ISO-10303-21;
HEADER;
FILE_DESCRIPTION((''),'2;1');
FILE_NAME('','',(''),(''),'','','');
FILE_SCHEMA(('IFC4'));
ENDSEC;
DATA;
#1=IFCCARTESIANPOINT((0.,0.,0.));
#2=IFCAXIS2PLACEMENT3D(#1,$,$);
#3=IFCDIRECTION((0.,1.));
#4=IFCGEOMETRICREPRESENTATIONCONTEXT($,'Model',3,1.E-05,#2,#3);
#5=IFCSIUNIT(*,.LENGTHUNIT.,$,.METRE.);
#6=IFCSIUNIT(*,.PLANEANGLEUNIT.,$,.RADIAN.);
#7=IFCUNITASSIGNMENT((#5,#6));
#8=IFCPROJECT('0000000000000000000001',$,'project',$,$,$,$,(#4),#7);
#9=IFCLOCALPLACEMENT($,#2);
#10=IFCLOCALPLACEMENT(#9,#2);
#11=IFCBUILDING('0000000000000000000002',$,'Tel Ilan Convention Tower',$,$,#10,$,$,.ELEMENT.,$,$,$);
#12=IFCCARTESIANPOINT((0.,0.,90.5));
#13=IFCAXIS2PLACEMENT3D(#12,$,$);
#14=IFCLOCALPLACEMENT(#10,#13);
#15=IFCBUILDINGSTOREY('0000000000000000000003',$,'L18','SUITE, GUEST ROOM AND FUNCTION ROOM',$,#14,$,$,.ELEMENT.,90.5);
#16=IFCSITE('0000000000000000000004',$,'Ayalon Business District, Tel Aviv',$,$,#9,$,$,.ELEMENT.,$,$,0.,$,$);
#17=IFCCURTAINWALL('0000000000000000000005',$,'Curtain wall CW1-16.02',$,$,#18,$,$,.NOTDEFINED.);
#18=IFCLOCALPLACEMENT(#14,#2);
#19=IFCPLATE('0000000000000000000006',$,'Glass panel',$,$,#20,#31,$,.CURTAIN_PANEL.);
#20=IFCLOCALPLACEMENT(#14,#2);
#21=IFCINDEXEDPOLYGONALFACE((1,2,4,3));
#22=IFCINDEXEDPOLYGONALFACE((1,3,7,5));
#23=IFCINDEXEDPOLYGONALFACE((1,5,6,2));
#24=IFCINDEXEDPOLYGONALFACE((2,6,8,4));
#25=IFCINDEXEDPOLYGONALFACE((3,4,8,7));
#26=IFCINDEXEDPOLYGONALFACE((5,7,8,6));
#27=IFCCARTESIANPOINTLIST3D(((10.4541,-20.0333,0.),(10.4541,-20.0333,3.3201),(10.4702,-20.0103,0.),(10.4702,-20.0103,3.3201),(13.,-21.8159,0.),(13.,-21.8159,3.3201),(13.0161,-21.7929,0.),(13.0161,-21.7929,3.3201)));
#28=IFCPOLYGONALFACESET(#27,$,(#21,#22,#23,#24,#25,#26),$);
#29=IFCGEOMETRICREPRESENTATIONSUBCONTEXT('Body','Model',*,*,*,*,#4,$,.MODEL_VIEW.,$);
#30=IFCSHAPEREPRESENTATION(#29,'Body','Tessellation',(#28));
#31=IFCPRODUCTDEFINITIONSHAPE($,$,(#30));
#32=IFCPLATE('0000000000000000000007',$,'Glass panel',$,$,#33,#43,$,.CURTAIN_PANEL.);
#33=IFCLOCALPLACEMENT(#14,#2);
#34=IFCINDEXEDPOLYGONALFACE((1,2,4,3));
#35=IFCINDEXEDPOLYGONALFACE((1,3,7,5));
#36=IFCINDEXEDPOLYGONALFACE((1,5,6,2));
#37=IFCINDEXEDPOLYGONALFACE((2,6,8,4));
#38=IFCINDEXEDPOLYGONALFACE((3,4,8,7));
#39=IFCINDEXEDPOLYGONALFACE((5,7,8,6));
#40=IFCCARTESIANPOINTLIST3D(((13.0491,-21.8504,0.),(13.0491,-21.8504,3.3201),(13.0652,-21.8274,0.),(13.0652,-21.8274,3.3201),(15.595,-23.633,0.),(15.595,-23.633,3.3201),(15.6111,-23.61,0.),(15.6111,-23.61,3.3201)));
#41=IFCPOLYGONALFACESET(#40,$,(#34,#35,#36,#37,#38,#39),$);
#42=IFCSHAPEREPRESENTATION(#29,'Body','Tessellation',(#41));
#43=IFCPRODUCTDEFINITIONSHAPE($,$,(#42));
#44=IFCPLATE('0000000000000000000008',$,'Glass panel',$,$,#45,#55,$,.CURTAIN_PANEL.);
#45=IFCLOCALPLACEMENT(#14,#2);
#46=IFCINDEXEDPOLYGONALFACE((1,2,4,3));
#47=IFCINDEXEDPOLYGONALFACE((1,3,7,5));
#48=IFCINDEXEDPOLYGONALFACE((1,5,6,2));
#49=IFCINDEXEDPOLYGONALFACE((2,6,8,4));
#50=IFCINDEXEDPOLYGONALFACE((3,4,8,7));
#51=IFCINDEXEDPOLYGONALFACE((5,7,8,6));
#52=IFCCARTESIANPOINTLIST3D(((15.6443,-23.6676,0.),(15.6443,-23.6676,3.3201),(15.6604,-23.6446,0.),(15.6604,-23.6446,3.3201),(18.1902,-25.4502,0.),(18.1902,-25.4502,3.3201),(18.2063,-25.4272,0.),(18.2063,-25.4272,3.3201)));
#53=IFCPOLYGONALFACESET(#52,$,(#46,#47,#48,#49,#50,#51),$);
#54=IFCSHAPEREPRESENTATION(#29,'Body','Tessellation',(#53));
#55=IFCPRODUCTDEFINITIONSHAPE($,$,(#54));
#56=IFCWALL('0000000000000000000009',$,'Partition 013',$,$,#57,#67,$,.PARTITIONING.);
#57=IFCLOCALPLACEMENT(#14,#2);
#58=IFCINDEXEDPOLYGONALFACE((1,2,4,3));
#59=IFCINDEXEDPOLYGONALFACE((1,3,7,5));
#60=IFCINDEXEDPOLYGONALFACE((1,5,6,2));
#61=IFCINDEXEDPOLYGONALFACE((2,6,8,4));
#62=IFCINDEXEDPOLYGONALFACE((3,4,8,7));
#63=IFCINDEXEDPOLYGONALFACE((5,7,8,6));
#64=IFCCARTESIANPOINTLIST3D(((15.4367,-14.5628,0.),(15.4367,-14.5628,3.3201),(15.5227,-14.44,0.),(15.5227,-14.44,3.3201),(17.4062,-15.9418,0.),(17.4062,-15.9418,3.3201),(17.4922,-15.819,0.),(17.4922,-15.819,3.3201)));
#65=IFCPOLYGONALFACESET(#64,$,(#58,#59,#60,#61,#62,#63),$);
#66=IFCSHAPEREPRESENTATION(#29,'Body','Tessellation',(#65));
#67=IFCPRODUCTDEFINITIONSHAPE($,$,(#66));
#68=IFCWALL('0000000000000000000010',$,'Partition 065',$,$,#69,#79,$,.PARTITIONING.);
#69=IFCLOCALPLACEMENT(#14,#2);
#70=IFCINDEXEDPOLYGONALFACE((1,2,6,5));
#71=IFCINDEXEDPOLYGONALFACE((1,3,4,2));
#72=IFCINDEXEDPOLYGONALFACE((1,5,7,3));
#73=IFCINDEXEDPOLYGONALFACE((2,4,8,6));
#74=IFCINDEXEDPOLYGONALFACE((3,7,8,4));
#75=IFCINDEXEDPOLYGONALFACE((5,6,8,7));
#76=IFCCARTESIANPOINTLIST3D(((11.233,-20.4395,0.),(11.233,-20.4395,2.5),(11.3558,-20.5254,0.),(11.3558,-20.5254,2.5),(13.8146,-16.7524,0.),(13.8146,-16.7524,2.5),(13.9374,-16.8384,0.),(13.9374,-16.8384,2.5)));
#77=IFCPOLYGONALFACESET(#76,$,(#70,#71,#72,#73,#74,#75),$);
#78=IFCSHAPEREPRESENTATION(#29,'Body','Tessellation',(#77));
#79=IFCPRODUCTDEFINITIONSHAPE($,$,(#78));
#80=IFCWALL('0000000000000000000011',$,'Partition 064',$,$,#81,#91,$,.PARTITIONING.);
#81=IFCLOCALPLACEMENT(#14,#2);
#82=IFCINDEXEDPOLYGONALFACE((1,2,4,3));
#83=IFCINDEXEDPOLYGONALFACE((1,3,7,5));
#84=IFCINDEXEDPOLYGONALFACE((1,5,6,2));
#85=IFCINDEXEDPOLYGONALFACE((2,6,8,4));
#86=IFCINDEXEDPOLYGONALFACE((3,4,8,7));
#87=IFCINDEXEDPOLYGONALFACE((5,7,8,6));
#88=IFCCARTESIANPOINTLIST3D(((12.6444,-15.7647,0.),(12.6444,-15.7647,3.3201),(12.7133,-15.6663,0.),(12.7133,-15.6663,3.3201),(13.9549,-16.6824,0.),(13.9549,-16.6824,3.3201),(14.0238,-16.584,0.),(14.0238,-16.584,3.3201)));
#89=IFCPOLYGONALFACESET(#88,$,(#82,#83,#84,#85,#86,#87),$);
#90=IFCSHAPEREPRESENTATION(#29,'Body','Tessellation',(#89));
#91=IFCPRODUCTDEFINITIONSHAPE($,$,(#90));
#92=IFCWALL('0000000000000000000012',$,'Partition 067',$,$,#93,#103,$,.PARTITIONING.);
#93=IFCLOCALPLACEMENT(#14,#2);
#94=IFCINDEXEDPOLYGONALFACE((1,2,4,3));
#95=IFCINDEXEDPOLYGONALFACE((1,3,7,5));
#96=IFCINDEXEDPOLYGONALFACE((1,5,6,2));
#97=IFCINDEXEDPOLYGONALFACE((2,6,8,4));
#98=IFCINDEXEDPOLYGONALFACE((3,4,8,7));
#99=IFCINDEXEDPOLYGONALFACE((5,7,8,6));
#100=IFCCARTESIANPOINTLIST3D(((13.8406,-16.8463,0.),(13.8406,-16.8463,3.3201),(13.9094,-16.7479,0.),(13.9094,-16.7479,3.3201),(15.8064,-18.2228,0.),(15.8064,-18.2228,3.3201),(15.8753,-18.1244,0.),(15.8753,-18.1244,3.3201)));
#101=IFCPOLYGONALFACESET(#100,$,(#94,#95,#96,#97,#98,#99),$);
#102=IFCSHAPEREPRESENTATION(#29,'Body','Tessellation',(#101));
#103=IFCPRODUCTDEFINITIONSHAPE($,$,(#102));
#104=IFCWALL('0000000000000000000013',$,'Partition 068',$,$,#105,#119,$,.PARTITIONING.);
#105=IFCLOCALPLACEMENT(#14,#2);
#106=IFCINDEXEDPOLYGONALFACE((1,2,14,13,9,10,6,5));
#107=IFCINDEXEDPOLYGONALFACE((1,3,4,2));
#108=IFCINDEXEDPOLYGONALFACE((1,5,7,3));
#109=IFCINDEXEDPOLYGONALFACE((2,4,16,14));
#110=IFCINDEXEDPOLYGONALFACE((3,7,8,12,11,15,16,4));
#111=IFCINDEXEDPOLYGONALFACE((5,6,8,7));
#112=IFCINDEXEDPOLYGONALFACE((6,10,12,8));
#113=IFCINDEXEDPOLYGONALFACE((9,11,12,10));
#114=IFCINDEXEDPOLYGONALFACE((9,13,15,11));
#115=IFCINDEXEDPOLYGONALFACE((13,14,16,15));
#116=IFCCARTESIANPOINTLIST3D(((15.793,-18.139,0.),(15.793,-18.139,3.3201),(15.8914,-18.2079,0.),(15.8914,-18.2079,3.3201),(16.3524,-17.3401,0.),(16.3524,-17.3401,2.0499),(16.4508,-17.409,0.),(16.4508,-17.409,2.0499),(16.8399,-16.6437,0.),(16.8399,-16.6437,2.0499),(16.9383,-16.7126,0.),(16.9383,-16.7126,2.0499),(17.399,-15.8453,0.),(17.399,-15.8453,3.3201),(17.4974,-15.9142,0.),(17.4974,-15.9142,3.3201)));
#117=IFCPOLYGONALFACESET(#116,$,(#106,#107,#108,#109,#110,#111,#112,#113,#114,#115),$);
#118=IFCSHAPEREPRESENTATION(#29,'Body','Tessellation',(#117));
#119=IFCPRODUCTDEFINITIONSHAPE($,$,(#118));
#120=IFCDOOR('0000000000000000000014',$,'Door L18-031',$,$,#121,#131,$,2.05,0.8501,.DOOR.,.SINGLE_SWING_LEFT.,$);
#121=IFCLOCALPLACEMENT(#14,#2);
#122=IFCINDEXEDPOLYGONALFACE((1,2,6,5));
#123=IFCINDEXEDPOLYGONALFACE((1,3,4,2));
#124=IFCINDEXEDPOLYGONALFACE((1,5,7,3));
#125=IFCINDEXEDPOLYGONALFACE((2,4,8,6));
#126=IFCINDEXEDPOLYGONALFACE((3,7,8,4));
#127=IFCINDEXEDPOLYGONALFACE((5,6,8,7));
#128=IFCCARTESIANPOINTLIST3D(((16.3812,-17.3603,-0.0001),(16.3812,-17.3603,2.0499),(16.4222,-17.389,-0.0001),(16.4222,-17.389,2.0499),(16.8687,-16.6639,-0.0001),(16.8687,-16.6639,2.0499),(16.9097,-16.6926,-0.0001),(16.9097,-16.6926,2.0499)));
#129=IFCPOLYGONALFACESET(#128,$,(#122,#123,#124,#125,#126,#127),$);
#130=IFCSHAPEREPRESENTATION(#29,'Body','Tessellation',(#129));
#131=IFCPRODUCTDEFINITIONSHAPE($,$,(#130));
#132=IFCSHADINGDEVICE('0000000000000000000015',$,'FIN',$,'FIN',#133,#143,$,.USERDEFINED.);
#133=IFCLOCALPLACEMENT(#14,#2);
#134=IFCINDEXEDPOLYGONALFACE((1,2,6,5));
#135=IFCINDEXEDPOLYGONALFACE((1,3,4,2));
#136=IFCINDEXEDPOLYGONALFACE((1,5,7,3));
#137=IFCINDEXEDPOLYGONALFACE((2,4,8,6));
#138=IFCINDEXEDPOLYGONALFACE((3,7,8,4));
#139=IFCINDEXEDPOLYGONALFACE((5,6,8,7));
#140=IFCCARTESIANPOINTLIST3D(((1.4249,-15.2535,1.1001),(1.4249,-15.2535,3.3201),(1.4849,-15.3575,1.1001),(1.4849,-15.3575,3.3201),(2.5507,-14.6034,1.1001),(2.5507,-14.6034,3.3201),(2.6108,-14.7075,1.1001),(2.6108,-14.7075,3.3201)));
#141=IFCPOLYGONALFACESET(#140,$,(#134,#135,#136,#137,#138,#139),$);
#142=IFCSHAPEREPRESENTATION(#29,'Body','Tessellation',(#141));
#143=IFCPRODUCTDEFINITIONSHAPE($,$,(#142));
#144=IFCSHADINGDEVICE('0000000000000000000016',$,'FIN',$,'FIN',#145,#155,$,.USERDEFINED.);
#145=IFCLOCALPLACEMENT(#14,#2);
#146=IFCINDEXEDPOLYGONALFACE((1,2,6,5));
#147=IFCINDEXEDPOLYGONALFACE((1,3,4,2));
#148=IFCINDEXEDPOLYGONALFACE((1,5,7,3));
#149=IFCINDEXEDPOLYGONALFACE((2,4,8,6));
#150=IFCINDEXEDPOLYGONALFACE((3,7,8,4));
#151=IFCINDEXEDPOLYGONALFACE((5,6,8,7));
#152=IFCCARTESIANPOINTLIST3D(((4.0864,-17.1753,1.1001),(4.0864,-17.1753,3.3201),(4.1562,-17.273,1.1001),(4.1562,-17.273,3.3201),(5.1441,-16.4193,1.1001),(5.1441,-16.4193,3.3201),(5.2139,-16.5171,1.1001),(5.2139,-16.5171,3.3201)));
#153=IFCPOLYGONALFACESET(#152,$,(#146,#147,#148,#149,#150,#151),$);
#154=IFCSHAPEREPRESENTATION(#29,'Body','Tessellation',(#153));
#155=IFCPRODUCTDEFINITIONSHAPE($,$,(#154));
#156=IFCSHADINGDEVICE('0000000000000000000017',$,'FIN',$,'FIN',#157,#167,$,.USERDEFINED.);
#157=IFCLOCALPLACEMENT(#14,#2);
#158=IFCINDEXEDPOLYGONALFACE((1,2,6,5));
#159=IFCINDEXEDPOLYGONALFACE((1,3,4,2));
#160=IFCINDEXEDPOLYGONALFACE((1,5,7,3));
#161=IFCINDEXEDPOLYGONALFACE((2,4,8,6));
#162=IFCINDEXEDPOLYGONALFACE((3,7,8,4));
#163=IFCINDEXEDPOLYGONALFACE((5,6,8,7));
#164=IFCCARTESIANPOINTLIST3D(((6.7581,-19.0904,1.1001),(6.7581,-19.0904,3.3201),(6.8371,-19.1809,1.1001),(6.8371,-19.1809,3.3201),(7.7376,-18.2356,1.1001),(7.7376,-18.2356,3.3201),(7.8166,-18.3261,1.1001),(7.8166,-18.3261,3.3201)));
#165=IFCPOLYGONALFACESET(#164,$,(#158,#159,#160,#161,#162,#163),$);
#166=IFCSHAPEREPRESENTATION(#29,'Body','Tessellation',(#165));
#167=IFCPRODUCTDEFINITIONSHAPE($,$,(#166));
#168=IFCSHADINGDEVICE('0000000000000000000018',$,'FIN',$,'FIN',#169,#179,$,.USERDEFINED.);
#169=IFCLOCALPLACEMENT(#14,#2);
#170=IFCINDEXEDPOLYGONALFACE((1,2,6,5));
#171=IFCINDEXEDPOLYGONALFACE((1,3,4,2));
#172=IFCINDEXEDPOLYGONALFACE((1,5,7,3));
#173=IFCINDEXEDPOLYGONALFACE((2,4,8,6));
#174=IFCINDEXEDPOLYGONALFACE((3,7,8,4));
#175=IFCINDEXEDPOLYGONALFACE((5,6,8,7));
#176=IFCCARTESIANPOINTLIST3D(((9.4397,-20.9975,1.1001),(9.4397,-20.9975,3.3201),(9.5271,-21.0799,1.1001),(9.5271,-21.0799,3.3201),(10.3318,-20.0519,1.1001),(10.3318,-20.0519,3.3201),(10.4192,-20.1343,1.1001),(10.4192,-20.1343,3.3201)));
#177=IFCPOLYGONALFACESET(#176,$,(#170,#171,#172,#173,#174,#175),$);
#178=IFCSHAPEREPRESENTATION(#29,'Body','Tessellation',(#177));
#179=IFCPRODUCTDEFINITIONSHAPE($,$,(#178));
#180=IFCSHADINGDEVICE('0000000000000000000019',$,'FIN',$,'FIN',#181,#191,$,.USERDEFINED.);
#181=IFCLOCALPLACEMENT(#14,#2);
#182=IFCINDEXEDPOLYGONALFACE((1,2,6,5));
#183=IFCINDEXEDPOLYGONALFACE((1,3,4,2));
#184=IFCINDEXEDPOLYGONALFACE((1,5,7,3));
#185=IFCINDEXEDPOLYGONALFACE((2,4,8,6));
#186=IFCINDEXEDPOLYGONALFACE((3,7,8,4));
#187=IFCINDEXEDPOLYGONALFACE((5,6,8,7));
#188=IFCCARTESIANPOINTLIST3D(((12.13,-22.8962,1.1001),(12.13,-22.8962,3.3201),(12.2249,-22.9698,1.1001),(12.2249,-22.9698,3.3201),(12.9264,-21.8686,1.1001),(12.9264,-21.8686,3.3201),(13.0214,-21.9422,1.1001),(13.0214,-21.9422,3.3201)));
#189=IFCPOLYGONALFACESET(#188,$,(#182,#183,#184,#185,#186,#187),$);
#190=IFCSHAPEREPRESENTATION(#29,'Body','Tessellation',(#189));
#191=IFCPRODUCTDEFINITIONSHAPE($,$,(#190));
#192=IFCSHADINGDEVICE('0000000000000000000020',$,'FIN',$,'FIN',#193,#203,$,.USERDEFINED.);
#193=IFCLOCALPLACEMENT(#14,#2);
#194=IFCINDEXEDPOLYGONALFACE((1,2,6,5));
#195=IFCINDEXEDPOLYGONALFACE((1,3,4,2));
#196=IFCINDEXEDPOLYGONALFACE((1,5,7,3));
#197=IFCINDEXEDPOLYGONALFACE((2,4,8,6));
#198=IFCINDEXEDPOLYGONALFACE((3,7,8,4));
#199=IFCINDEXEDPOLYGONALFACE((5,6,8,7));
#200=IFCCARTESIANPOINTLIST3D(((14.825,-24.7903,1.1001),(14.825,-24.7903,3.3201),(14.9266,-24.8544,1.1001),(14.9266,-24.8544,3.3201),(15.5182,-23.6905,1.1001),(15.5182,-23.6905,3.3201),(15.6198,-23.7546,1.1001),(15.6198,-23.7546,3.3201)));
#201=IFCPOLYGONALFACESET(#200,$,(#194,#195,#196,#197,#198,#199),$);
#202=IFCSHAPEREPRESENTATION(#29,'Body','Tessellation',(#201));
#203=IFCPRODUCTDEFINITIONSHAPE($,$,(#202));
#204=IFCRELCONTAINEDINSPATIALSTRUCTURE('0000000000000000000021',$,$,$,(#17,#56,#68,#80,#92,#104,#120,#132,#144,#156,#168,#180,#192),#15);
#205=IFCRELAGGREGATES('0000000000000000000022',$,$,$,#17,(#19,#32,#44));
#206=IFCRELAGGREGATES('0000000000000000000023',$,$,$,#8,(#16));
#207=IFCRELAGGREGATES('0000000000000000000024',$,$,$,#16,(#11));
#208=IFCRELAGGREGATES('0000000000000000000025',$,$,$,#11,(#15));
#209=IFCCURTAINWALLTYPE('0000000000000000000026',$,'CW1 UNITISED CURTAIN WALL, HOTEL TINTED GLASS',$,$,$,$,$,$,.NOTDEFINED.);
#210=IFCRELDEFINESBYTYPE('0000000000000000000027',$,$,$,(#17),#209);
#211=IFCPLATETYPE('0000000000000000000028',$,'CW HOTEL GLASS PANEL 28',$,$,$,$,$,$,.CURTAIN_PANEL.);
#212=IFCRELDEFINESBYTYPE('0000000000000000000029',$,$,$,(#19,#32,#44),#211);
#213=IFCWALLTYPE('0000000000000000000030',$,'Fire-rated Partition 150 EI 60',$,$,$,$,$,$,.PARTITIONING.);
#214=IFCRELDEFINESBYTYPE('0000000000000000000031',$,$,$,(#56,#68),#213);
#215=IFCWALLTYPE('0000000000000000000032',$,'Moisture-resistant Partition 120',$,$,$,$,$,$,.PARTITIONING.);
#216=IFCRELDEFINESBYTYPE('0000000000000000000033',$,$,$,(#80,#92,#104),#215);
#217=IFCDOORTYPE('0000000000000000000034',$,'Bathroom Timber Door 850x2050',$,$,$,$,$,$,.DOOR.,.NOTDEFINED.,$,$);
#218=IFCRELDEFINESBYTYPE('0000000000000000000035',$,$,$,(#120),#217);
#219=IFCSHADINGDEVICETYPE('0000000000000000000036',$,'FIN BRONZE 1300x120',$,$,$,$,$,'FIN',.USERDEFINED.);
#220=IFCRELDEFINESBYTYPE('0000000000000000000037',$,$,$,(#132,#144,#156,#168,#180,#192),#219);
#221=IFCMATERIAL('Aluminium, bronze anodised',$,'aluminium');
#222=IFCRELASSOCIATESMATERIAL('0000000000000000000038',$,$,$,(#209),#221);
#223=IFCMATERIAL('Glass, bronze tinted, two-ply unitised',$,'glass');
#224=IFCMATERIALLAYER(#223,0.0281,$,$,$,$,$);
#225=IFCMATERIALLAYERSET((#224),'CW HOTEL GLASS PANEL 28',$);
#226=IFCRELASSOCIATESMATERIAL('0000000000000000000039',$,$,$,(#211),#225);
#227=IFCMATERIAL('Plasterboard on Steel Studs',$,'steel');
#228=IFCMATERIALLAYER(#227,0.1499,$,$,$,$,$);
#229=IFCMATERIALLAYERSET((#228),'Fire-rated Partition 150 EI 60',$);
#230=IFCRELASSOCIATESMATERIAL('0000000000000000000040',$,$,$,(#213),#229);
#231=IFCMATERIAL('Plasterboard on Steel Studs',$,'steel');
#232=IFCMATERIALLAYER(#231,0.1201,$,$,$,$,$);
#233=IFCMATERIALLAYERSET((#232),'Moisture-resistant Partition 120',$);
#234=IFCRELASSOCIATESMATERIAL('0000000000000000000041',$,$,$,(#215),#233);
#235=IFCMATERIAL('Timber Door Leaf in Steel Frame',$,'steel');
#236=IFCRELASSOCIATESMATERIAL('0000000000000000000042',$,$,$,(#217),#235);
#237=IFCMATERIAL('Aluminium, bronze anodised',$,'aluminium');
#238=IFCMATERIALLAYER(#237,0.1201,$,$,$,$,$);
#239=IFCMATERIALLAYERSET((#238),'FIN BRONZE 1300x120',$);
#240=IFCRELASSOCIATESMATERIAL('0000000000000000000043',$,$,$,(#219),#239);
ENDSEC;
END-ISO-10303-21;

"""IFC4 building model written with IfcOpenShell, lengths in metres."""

from ifc_helpers import new_model, si_unit, direction, frame, frame_2d, origin, origin_2d, place, context, subcontext, project, spatial, rectangle, extrude, material, layer, layer_set, type_object, element, fill, aggregate, save


model = new_model("IFC4")

# Units and contexts
model_context = context("Model", 3, precision=1e-05, world=origin(), true_north=direction((0.0, 1.0)))
body_context = subcontext(model_context, "Body", "Model", "MODEL_VIEW")
ifc_project = project(units=[si_unit("LENGTHUNIT", "METRE"), si_unit("PLANEANGLEUNIT", "RADIAN")], contexts=[model_context])

# Site, building, storey
site_placement = place(None, origin())
site = spatial("IfcSite", under=ifc_project, at=site_placement, Name="Ayalon Business District, Tel Aviv", CompositionType="ELEMENT", RefElevation=0.0)
building_placement = place(site_placement, origin())
building = spatial("IfcBuilding", under=site, at=building_placement, Name="Tel Ilan Convention Tower", CompositionType="ELEMENT")
storey_placement = place(building_placement, frame((0.0, 0.0, 90.5)))
storey = spatial("IfcBuildingStorey", under=building, at=storey_placement, Name="L18", Description="SUITE, GUEST ROOM AND FUNCTION ROOM", CompositionType="ELEMENT", Elevation=90.5)

# Curtain wall, plates
ifc_material_1 = material(Name="Aluminium, bronze anodised", Category="aluminium")
curtain_wall_type = type_object("IfcCurtainWallType", Name="CW1 UNITISED CURTAIN WALL, HOTEL TINTED GLASS", PredefinedType="NOTDEFINED", material=ifc_material_1)
curtain_wall_placement = place(storey_placement, origin())
curtain_wall = element("IfcCurtainWall", 1, at=curtain_wall_placement, inside=storey, type_object=curtain_wall_type, Name="Curtain wall CW1-16.02", PredefinedType="NOTDEFINED")
ifc_material_2 = material(Name="Glass, bronze tinted, two-ply unitised", Category="glass")
ifc_layer_1 = layer(ifc_material_2, 0.0281)
ifc_layer_set_1 = layer_set([ifc_layer_1], Name="CW HOTEL GLASS PANEL 28")
plate_type = type_object("IfcPlateType", Name="CW HOTEL GLASS PANEL 28", PredefinedType="CURTAIN_PANEL", material=ifc_layer_set_1)
plate_1_placement = place(storey_placement, frame((11.7351, -20.9131, 0.0), z_axis=(0.0, 0.0, 1.0), x_axis=(0.819152, -0.573576, 0.0)))
plate_1 = element("IfcPlate", 2, at=plate_1_placement, type_object=plate_type, Name="Glass panel", PredefinedType="CURTAIN_PANEL", context=body_context, shape_type="SweptSolid", body=[
    extrude(rectangle(XDim=3.1079, YDim=0.0281, at=origin_2d()), origin(), (0.0, 0.0, 1.0), 3.3201),
])
plate_2_placement = place(storey_placement, frame((14.3301, -22.7302, 0.0), z_axis=(0.0, 0.0, 1.0), x_axis=(0.819152, -0.573576, 0.0)))
plate_2 = element("IfcPlate", 3, at=plate_2_placement, type_object=plate_type, Name="Glass panel", PredefinedType="CURTAIN_PANEL", context=body_context, shape_type="SweptSolid", body=[
    extrude(rectangle(XDim=3.1079, YDim=0.0281, at=origin_2d()), origin(), (0.0, 0.0, 1.0), 3.3201),
])
plate_3_placement = place(storey_placement, frame((16.9253, -24.5474, 0.0), z_axis=(0.0, 0.0, 1.0), x_axis=(0.819152, -0.573576, 0.0)))
plate_3 = element("IfcPlate", 4, at=plate_3_placement, type_object=plate_type, Name="Glass panel", PredefinedType="CURTAIN_PANEL", context=body_context, shape_type="SweptSolid", body=[
    extrude(rectangle(XDim=3.1079, YDim=0.0281, at=origin_2d()), origin(), (0.0, 0.0, 1.0), 3.3201),
])
aggregate(curtain_wall, [plate_1, plate_2, plate_3])

# Walls
ifc_material_3 = material(Name="Plasterboard on Steel Studs", Category="steel")
ifc_layer_2 = layer(ifc_material_3, 0.1499)
ifc_layer_set_2 = layer_set([ifc_layer_2], Name="Fire-rated Partition 150 EI 60")
wall_type_1 = type_object("IfcWallType", Name="Fire-rated Partition 150 EI 60", PredefinedType="PARTITIONING", material=ifc_layer_set_2)
wall_1_placement = place(storey_placement, frame((17.4492, -15.8804, 0.0), z_axis=(0.0, 0.0, 1.0), x_axis=(-0.819179, 0.573537, 0.0)))
element("IfcWall", 5, at=wall_1_placement, inside=storey, type_object=wall_type_1, Name="Partition 013", PredefinedType="PARTITIONING", context=body_context, shape_type="SweptSolid", body=[
    extrude(rectangle(XDim=2.4043, YDim=0.1499, at=frame_2d((1.2021, 0.0))), origin(), (0.0, 0.0, 1.0), 3.3201),
])
wall_2_placement = place(storey_placement, frame((13.876, -16.7954, 0.0), z_axis=(0.0, 0.0, 1.0), x_axis=(-0.573557, -0.819166, 0.0)))
element("IfcWall", 6, at=wall_2_placement, inside=storey, type_object=wall_type_1, Name="Partition 065", PredefinedType="PARTITIONING", context=body_context, shape_type="SweptSolid", body=[
    extrude(rectangle(XDim=4.501, YDim=0.1499, at=frame_2d((2.2505, 0.0))), origin(), (0.0, 0.0, 1.0), 2.5),
])
ifc_material_4 = material(Name="Plasterboard on Steel Studs", Category="steel")
ifc_layer_3 = layer(ifc_material_4, 0.1201)
ifc_layer_set_3 = layer_set([ifc_layer_3], Name="Moisture-resistant Partition 120")
wall_type_2 = type_object("IfcWallType", Name="Moisture-resistant Partition 120", PredefinedType="PARTITIONING", material=ifc_layer_set_3)
wall_3_placement = place(storey_placement, frame((12.679, -15.7156, 0.0), z_axis=(0.0, 0.0, 1.0), x_axis=(0.819132, -0.573606, 0.0)))
element("IfcWall", 7, at=wall_3_placement, inside=storey, type_object=wall_type_2, Name="Partition 064", PredefinedType="PARTITIONING", context=body_context, shape_type="SweptSolid", body=[
    extrude(rectangle(XDim=1.5999, YDim=0.1201, at=frame_2d((0.7998, 0.0))), origin(), (0.0, 0.0, 1.0), 3.3201),
])
wall_4_placement = place(storey_placement, frame((13.875, -16.7971, 0.0), z_axis=(0.0, 0.0, 1.0), x_axis=(0.819155, -0.573572, 0.0)))
element("IfcWall", 8, at=wall_4_placement, inside=storey, type_object=wall_type_2, Name="Partition 067", PredefinedType="PARTITIONING", context=body_context, shape_type="SweptSolid", body=[
    extrude(rectangle(XDim=2.3999, YDim=0.1201, at=frame_2d((1.2, 0.0))), origin(), (0.0, 0.0, 1.0), 3.3201),
])

# Wall, opening, door
wall_5_placement = place(storey_placement, frame((15.8423, -18.1733, 0.0), z_axis=(0.0, 0.0, 1.0), x_axis=(0.57355, 0.81917, 0.0)))
wall_5 = element("IfcWall", 9, at=wall_5_placement, inside=storey, type_object=wall_type_2, Name="Partition 068", PredefinedType="PARTITIONING", context=body_context, shape_type="SweptSolid", body=[
    extrude(rectangle(XDim=2.8, YDim=0.1201, at=frame_2d((1.3999, 0.0))), origin(), (0.0, 0.0, 1.0), 3.3201),
])
opening_placement = place(wall_5_placement, frame((0.9751, 0.0, 0.0)))
opening = element("IfcOpeningElement", 10, at=opening_placement, cuts=wall_5, PredefinedType="OPENING", context=body_context, shape_type="SweptSolid", body=[
    extrude(rectangle(XDim=0.8501, YDim=2.05, at=frame_2d((0.425, 1.0249))), frame((0.0, 0.0701, 0.0), z_axis=(0.0, -1.0, 0.0), x_axis=(1.0, 0.0, 0.0)), (0.0, 0.0, 1.0), 0.1401),
])
ifc_material_5 = material(Name="Timber Door Leaf in Steel Frame", Category="steel")
door_type = type_object("IfcDoorType", Name="Bathroom Timber Door 850x2050", OperationType="NOTDEFINED", PredefinedType="DOOR", material=ifc_material_5)
door_placement = place(opening_placement, origin())
door = element("IfcDoor", 11, at=door_placement, inside=storey, type_object=door_type, Name="Door L18-031", OperationType="SINGLE_SWING_LEFT", OverallHeight=2.05, OverallWidth=0.8501, PredefinedType="DOOR", context=body_context, shape_type="SweptSolid", body=[
    extrude(rectangle(XDim=0.8501, YDim=2.05, at=frame_2d((0.425, 1.0249))), frame((0.0, 0.0249, 0.0), z_axis=(0.0, -1.0, 0.0), x_axis=(1.0, 0.0, 0.0)), (0.0, 0.0, 1.0), 0.05),
])
fill(opening, door)

# Shading devices
ifc_material_6 = material(Name="Aluminium, bronze anodised", Category="aluminium")
ifc_layer_4 = layer(ifc_material_6, 0.1201)
ifc_layer_set_4 = layer_set([ifc_layer_4], Name="FIN BRONZE 1300x120")
shading_device_type = type_object("IfcShadingDeviceType", Name="FIN BRONZE 1300x120", ElementType="FIN", PredefinedType="USERDEFINED", material=ifc_layer_set_4)
for number, where, z_axis, x_axis, name in (
    (12, (2.0178, -14.9805, 1.1001), (0.0, 0.0, 1.0), (-0.866025, -0.5, 0.0), "FIN"),
    (13, (4.6501, -16.8462, 1.1001), (0.0, 0.0, 1.0), (-0.813552, -0.581492, 0.0), "FIN"),
    (14, (7.2874, -18.7083, 1.1001), (0.0, 0.0, 1.0), (-0.753436, -0.657521, 0.0), "FIN"),
    (15, (9.9294, -20.5659, 1.1001), (0.0, 0.0, 1.0), (-0.686242, -0.727374, 0.0), "FIN"),
    (16, (12.5757, -22.4192, 1.1001), (0.0, 0.0, 1.0), (-0.612601, -0.790393, 0.0), "FIN"),
    (17, (15.2224, -24.2725, 1.1001), (0.0, 0.0, 1.0), (-0.533204, -0.845986, 0.0), "FIN"),
):
    element("IfcShadingDevice", number, at=place(storey_placement, frame(where, z_axis=z_axis, x_axis=x_axis)), inside=storey, type_object=shading_device_type, Name=name, ObjectType="FIN", PredefinedType="USERDEFINED", context=body_context, shape_type="SweptSolid", body=[
        extrude(rectangle(XDim=1.3, YDim=0.1201, at=origin_2d()), origin(), (0.0, 0.0, 1.0), 2.22),
    ])

save(model, "model.ifc")
